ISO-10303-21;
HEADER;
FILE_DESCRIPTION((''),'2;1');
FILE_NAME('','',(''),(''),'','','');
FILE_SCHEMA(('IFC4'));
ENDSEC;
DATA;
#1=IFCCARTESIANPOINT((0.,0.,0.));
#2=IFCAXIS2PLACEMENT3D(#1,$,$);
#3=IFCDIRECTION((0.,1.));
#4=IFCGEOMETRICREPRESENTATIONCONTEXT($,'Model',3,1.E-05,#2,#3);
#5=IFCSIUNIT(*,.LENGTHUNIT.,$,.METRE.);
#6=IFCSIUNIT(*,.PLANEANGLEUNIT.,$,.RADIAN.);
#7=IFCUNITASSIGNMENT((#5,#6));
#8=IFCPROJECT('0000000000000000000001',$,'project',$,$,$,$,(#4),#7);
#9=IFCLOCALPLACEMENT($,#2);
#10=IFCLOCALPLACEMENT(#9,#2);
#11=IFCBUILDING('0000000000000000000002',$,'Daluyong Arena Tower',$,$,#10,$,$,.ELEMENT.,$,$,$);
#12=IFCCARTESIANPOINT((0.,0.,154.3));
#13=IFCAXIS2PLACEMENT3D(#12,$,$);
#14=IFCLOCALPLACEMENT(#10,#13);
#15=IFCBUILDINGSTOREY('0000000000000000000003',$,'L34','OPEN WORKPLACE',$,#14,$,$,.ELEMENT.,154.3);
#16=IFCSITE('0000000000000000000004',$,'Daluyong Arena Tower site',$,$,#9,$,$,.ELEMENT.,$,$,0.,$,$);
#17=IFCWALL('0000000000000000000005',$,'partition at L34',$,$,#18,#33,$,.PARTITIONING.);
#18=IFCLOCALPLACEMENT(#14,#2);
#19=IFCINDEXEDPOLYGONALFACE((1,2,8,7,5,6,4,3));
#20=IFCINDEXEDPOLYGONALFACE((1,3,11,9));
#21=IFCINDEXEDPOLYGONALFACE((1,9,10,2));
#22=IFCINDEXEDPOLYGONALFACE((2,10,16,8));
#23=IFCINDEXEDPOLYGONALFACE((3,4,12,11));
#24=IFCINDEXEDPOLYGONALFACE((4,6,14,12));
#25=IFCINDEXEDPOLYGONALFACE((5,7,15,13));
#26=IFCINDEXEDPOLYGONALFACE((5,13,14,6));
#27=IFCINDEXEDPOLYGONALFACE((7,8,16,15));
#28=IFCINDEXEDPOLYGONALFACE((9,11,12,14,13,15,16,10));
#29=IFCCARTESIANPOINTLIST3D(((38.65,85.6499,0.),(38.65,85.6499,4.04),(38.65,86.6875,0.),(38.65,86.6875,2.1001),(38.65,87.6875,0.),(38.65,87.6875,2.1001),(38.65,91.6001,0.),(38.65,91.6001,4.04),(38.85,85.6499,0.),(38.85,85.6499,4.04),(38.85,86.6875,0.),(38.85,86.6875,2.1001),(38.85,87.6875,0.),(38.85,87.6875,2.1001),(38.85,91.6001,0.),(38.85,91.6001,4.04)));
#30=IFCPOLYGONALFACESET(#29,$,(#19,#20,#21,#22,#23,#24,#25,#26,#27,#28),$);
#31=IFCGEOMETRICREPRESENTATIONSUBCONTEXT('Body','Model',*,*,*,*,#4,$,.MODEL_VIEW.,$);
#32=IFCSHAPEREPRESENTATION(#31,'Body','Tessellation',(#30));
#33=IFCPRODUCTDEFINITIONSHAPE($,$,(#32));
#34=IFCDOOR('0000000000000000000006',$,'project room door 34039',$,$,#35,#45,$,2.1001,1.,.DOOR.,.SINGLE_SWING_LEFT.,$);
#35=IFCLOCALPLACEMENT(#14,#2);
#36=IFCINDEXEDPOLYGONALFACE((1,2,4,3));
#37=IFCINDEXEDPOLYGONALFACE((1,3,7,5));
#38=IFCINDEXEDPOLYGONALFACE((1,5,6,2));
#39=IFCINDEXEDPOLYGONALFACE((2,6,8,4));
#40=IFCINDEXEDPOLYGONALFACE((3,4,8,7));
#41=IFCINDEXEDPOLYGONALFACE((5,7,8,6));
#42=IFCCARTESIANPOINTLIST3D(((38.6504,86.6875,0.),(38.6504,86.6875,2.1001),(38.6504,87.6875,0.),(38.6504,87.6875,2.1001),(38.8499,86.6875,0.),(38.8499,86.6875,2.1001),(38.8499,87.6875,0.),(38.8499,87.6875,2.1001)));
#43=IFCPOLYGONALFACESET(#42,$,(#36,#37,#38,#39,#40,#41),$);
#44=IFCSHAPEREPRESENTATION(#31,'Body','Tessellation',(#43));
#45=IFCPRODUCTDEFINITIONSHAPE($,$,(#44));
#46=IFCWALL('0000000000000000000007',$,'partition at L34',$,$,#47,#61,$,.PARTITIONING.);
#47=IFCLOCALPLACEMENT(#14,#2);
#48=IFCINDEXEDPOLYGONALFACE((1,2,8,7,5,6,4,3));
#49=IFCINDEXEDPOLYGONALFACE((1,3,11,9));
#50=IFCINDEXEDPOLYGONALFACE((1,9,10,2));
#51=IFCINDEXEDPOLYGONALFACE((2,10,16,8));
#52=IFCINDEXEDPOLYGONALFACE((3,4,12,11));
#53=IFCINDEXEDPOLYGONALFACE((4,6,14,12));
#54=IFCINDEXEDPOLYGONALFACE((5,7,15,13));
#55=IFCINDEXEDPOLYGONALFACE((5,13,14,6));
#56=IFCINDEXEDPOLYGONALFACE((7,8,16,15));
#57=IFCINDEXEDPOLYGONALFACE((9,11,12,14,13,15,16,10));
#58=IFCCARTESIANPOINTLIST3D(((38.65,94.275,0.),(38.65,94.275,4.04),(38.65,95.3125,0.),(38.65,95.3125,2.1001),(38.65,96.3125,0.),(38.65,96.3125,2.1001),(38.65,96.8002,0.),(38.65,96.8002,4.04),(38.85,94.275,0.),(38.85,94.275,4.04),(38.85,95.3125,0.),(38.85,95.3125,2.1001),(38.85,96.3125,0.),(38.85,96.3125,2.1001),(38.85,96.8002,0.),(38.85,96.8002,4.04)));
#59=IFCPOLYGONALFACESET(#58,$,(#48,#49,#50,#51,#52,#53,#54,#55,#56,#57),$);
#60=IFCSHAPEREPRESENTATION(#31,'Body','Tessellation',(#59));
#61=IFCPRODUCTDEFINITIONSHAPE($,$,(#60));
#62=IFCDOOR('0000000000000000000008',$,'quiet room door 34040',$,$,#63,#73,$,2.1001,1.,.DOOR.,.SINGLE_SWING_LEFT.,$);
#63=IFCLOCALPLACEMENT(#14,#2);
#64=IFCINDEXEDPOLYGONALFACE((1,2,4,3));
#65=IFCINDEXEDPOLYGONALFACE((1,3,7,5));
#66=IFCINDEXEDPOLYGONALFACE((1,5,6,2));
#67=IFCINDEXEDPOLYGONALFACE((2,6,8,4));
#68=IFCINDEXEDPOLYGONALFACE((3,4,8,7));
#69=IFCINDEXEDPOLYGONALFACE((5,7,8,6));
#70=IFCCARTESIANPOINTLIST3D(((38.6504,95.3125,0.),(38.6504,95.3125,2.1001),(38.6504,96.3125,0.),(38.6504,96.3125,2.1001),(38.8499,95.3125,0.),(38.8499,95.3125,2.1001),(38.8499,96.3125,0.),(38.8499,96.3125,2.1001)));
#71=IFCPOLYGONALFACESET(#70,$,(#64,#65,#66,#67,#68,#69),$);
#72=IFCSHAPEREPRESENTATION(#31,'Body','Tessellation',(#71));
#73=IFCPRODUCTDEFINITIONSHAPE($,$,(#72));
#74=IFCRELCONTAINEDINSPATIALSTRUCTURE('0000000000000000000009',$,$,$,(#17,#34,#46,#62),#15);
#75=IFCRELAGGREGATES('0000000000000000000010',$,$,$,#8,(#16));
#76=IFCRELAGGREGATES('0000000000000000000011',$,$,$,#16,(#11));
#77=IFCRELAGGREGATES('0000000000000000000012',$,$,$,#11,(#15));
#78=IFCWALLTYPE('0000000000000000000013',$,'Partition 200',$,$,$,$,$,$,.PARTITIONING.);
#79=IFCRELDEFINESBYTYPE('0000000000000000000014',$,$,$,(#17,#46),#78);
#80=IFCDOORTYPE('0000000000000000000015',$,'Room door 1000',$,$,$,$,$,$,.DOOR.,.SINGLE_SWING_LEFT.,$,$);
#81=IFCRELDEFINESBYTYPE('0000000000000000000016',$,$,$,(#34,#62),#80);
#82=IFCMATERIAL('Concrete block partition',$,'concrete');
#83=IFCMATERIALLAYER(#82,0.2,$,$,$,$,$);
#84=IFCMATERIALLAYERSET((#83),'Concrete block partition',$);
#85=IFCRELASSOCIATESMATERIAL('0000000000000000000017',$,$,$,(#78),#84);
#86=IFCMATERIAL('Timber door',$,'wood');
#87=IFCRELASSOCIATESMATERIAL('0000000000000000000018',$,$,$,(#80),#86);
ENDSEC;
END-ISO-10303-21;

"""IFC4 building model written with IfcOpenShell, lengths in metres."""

from ifc_helpers import new_model, si_unit, direction, frame, frame_2d, origin, place, context, subcontext, project, spatial, rectangle, extrude, material, layer, layer_set, type_object, element, fill, save


model = new_model("IFC4")

# Units and contexts
model_context = context("Model", 3, precision=1e-05, world=origin(), true_north=direction((0.0, 1.0)))
body_context = subcontext(model_context, "Body", "Model", "MODEL_VIEW")
ifc_project = project(units=[si_unit("LENGTHUNIT", "METRE"), si_unit("PLANEANGLEUNIT", "RADIAN")], contexts=[model_context])

# Site, building, storey
site_placement = place(None, origin())
site = spatial("IfcSite", under=ifc_project, at=site_placement, Name="Daluyong Arena Tower site", CompositionType="ELEMENT", RefElevation=0.0)
building_placement = place(site_placement, origin())
building = spatial("IfcBuilding", under=site, at=building_placement, Name="Daluyong Arena Tower", CompositionType="ELEMENT")
storey_placement = place(building_placement, frame((0.0, 0.0, 154.3)))
storey = spatial("IfcBuildingStorey", under=building, at=storey_placement, Name="L34", Description="OPEN WORKPLACE", CompositionType="ELEMENT", Elevation=154.3)

# Shared definitions
ifc_material_1 = material(Name="Concrete block partition", Category="concrete")
ifc_layer_1 = layer(ifc_material_1, 0.2)
ifc_layer_set_1 = layer_set([ifc_layer_1], Name="Concrete block partition")
wall_type_1 = type_object("IfcWallType", Name="Partition 200", PredefinedType="PARTITIONING", material=ifc_layer_set_1)

# Walls, openings, doors
wall_1_placement = place(storey_placement, frame((38.75, 85.6499, 0.0), z_axis=(0.0, 0.0, 1.0), x_axis=(0.0, 1.0, 0.0)))
wall_1 = element("IfcWall", 1, at=wall_1_placement, inside=storey, type_object=wall_type_1, Name="partition at L34", PredefinedType="PARTITIONING", context=body_context, shape_type="SweptSolid", body=[
    extrude(rectangle(XDim=5.9502, YDim=0.2, at=frame_2d((2.9751, 0.0))), origin(), (0.0, 0.0, 1.0), 4.04),
])
opening_1_placement = place(wall_1_placement, frame((1.0376, 0.0, 0.0)))
opening_1 = element("IfcOpeningElement", 2, at=opening_1_placement, cuts=wall_1, PredefinedType="OPENING", context=body_context, shape_type="SweptSolid", body=[
    extrude(rectangle(XDim=1.0, YDim=2.1001, at=frame_2d((0.5, 1.05))), frame((0.0, 0.1099, 0.0), z_axis=(0.0, -1.0, 0.0), x_axis=(1.0, 0.0, 0.0)), (0.0, 0.0, 1.0), 0.22),
])
ifc_material_2 = material(Name="Timber door", Category="wood")
door_type_1 = type_object("IfcDoorType", Name="Room door 1000", OperationType="SINGLE_SWING_LEFT", PredefinedType="DOOR", material=ifc_material_2)
door_1_placement = place(opening_1_placement, origin())
door_1 = element("IfcDoor", 3, at=door_1_placement, inside=storey, type_object=door_type_1, Name="project room door 34039", OperationType="SINGLE_SWING_LEFT", OverallHeight=2.1001, OverallWidth=1.0, PredefinedType="DOOR", context=body_context, shape_type="SweptSolid", body=[
    extrude(rectangle(XDim=1.0, YDim=2.1001, at=frame_2d((0.5, 1.05))), frame((0.0, 0.0996, 0.0), z_axis=(0.0, -1.0, 0.0), x_axis=(1.0, 0.0, 0.0)), (0.0, 0.0, 1.0), 0.1995),
])
fill(opening_1, door_1)
wall_2_placement = place(storey_placement, frame((38.75, 94.2749, 0.0), z_axis=(0.0, 0.0, 1.0), x_axis=(0.0, 1.0, 0.0)))
wall_2 = element("IfcWall", 4, at=wall_2_placement, inside=storey, type_object=wall_type_1, Name="partition at L34", PredefinedType="PARTITIONING", context=body_context, shape_type="SweptSolid", body=[
    extrude(rectangle(XDim=2.5251, YDim=0.2, at=frame_2d((1.2627, 0.0))), origin(), (0.0, 0.0, 1.0), 4.04),
])
opening_2_placement = place(wall_2_placement, frame((1.0376, 0.0, 0.0)))
opening_2 = element("IfcOpeningElement", 5, at=opening_2_placement, cuts=wall_2, PredefinedType="OPENING", context=body_context, shape_type="SweptSolid", body=[
    extrude(rectangle(XDim=1.0, YDim=2.1001, at=frame_2d((0.5, 1.05))), frame((0.0, 0.1099, 0.0), z_axis=(0.0, -1.0, 0.0), x_axis=(1.0, 0.0, 0.0)), (0.0, 0.0, 1.0), 0.22),
])
door_2_placement = place(opening_2_placement, origin())
door_2 = element("IfcDoor", 6, at=door_2_placement, inside=storey, type_object=door_type_1, Name="quiet room door 34040", OperationType="SINGLE_SWING_LEFT", OverallHeight=2.1001, OverallWidth=1.0, PredefinedType="DOOR", context=body_context, shape_type="SweptSolid", body=[
    extrude(rectangle(XDim=1.0, YDim=2.1001, at=frame_2d((0.5, 1.05))), frame((0.0, 0.0996, 0.0), z_axis=(0.0, -1.0, 0.0), x_axis=(1.0, 0.0, 0.0)), (0.0, 0.0, 1.0), 0.1995),
])
fill(opening_2, door_2)

save(model, "model.ifc")
